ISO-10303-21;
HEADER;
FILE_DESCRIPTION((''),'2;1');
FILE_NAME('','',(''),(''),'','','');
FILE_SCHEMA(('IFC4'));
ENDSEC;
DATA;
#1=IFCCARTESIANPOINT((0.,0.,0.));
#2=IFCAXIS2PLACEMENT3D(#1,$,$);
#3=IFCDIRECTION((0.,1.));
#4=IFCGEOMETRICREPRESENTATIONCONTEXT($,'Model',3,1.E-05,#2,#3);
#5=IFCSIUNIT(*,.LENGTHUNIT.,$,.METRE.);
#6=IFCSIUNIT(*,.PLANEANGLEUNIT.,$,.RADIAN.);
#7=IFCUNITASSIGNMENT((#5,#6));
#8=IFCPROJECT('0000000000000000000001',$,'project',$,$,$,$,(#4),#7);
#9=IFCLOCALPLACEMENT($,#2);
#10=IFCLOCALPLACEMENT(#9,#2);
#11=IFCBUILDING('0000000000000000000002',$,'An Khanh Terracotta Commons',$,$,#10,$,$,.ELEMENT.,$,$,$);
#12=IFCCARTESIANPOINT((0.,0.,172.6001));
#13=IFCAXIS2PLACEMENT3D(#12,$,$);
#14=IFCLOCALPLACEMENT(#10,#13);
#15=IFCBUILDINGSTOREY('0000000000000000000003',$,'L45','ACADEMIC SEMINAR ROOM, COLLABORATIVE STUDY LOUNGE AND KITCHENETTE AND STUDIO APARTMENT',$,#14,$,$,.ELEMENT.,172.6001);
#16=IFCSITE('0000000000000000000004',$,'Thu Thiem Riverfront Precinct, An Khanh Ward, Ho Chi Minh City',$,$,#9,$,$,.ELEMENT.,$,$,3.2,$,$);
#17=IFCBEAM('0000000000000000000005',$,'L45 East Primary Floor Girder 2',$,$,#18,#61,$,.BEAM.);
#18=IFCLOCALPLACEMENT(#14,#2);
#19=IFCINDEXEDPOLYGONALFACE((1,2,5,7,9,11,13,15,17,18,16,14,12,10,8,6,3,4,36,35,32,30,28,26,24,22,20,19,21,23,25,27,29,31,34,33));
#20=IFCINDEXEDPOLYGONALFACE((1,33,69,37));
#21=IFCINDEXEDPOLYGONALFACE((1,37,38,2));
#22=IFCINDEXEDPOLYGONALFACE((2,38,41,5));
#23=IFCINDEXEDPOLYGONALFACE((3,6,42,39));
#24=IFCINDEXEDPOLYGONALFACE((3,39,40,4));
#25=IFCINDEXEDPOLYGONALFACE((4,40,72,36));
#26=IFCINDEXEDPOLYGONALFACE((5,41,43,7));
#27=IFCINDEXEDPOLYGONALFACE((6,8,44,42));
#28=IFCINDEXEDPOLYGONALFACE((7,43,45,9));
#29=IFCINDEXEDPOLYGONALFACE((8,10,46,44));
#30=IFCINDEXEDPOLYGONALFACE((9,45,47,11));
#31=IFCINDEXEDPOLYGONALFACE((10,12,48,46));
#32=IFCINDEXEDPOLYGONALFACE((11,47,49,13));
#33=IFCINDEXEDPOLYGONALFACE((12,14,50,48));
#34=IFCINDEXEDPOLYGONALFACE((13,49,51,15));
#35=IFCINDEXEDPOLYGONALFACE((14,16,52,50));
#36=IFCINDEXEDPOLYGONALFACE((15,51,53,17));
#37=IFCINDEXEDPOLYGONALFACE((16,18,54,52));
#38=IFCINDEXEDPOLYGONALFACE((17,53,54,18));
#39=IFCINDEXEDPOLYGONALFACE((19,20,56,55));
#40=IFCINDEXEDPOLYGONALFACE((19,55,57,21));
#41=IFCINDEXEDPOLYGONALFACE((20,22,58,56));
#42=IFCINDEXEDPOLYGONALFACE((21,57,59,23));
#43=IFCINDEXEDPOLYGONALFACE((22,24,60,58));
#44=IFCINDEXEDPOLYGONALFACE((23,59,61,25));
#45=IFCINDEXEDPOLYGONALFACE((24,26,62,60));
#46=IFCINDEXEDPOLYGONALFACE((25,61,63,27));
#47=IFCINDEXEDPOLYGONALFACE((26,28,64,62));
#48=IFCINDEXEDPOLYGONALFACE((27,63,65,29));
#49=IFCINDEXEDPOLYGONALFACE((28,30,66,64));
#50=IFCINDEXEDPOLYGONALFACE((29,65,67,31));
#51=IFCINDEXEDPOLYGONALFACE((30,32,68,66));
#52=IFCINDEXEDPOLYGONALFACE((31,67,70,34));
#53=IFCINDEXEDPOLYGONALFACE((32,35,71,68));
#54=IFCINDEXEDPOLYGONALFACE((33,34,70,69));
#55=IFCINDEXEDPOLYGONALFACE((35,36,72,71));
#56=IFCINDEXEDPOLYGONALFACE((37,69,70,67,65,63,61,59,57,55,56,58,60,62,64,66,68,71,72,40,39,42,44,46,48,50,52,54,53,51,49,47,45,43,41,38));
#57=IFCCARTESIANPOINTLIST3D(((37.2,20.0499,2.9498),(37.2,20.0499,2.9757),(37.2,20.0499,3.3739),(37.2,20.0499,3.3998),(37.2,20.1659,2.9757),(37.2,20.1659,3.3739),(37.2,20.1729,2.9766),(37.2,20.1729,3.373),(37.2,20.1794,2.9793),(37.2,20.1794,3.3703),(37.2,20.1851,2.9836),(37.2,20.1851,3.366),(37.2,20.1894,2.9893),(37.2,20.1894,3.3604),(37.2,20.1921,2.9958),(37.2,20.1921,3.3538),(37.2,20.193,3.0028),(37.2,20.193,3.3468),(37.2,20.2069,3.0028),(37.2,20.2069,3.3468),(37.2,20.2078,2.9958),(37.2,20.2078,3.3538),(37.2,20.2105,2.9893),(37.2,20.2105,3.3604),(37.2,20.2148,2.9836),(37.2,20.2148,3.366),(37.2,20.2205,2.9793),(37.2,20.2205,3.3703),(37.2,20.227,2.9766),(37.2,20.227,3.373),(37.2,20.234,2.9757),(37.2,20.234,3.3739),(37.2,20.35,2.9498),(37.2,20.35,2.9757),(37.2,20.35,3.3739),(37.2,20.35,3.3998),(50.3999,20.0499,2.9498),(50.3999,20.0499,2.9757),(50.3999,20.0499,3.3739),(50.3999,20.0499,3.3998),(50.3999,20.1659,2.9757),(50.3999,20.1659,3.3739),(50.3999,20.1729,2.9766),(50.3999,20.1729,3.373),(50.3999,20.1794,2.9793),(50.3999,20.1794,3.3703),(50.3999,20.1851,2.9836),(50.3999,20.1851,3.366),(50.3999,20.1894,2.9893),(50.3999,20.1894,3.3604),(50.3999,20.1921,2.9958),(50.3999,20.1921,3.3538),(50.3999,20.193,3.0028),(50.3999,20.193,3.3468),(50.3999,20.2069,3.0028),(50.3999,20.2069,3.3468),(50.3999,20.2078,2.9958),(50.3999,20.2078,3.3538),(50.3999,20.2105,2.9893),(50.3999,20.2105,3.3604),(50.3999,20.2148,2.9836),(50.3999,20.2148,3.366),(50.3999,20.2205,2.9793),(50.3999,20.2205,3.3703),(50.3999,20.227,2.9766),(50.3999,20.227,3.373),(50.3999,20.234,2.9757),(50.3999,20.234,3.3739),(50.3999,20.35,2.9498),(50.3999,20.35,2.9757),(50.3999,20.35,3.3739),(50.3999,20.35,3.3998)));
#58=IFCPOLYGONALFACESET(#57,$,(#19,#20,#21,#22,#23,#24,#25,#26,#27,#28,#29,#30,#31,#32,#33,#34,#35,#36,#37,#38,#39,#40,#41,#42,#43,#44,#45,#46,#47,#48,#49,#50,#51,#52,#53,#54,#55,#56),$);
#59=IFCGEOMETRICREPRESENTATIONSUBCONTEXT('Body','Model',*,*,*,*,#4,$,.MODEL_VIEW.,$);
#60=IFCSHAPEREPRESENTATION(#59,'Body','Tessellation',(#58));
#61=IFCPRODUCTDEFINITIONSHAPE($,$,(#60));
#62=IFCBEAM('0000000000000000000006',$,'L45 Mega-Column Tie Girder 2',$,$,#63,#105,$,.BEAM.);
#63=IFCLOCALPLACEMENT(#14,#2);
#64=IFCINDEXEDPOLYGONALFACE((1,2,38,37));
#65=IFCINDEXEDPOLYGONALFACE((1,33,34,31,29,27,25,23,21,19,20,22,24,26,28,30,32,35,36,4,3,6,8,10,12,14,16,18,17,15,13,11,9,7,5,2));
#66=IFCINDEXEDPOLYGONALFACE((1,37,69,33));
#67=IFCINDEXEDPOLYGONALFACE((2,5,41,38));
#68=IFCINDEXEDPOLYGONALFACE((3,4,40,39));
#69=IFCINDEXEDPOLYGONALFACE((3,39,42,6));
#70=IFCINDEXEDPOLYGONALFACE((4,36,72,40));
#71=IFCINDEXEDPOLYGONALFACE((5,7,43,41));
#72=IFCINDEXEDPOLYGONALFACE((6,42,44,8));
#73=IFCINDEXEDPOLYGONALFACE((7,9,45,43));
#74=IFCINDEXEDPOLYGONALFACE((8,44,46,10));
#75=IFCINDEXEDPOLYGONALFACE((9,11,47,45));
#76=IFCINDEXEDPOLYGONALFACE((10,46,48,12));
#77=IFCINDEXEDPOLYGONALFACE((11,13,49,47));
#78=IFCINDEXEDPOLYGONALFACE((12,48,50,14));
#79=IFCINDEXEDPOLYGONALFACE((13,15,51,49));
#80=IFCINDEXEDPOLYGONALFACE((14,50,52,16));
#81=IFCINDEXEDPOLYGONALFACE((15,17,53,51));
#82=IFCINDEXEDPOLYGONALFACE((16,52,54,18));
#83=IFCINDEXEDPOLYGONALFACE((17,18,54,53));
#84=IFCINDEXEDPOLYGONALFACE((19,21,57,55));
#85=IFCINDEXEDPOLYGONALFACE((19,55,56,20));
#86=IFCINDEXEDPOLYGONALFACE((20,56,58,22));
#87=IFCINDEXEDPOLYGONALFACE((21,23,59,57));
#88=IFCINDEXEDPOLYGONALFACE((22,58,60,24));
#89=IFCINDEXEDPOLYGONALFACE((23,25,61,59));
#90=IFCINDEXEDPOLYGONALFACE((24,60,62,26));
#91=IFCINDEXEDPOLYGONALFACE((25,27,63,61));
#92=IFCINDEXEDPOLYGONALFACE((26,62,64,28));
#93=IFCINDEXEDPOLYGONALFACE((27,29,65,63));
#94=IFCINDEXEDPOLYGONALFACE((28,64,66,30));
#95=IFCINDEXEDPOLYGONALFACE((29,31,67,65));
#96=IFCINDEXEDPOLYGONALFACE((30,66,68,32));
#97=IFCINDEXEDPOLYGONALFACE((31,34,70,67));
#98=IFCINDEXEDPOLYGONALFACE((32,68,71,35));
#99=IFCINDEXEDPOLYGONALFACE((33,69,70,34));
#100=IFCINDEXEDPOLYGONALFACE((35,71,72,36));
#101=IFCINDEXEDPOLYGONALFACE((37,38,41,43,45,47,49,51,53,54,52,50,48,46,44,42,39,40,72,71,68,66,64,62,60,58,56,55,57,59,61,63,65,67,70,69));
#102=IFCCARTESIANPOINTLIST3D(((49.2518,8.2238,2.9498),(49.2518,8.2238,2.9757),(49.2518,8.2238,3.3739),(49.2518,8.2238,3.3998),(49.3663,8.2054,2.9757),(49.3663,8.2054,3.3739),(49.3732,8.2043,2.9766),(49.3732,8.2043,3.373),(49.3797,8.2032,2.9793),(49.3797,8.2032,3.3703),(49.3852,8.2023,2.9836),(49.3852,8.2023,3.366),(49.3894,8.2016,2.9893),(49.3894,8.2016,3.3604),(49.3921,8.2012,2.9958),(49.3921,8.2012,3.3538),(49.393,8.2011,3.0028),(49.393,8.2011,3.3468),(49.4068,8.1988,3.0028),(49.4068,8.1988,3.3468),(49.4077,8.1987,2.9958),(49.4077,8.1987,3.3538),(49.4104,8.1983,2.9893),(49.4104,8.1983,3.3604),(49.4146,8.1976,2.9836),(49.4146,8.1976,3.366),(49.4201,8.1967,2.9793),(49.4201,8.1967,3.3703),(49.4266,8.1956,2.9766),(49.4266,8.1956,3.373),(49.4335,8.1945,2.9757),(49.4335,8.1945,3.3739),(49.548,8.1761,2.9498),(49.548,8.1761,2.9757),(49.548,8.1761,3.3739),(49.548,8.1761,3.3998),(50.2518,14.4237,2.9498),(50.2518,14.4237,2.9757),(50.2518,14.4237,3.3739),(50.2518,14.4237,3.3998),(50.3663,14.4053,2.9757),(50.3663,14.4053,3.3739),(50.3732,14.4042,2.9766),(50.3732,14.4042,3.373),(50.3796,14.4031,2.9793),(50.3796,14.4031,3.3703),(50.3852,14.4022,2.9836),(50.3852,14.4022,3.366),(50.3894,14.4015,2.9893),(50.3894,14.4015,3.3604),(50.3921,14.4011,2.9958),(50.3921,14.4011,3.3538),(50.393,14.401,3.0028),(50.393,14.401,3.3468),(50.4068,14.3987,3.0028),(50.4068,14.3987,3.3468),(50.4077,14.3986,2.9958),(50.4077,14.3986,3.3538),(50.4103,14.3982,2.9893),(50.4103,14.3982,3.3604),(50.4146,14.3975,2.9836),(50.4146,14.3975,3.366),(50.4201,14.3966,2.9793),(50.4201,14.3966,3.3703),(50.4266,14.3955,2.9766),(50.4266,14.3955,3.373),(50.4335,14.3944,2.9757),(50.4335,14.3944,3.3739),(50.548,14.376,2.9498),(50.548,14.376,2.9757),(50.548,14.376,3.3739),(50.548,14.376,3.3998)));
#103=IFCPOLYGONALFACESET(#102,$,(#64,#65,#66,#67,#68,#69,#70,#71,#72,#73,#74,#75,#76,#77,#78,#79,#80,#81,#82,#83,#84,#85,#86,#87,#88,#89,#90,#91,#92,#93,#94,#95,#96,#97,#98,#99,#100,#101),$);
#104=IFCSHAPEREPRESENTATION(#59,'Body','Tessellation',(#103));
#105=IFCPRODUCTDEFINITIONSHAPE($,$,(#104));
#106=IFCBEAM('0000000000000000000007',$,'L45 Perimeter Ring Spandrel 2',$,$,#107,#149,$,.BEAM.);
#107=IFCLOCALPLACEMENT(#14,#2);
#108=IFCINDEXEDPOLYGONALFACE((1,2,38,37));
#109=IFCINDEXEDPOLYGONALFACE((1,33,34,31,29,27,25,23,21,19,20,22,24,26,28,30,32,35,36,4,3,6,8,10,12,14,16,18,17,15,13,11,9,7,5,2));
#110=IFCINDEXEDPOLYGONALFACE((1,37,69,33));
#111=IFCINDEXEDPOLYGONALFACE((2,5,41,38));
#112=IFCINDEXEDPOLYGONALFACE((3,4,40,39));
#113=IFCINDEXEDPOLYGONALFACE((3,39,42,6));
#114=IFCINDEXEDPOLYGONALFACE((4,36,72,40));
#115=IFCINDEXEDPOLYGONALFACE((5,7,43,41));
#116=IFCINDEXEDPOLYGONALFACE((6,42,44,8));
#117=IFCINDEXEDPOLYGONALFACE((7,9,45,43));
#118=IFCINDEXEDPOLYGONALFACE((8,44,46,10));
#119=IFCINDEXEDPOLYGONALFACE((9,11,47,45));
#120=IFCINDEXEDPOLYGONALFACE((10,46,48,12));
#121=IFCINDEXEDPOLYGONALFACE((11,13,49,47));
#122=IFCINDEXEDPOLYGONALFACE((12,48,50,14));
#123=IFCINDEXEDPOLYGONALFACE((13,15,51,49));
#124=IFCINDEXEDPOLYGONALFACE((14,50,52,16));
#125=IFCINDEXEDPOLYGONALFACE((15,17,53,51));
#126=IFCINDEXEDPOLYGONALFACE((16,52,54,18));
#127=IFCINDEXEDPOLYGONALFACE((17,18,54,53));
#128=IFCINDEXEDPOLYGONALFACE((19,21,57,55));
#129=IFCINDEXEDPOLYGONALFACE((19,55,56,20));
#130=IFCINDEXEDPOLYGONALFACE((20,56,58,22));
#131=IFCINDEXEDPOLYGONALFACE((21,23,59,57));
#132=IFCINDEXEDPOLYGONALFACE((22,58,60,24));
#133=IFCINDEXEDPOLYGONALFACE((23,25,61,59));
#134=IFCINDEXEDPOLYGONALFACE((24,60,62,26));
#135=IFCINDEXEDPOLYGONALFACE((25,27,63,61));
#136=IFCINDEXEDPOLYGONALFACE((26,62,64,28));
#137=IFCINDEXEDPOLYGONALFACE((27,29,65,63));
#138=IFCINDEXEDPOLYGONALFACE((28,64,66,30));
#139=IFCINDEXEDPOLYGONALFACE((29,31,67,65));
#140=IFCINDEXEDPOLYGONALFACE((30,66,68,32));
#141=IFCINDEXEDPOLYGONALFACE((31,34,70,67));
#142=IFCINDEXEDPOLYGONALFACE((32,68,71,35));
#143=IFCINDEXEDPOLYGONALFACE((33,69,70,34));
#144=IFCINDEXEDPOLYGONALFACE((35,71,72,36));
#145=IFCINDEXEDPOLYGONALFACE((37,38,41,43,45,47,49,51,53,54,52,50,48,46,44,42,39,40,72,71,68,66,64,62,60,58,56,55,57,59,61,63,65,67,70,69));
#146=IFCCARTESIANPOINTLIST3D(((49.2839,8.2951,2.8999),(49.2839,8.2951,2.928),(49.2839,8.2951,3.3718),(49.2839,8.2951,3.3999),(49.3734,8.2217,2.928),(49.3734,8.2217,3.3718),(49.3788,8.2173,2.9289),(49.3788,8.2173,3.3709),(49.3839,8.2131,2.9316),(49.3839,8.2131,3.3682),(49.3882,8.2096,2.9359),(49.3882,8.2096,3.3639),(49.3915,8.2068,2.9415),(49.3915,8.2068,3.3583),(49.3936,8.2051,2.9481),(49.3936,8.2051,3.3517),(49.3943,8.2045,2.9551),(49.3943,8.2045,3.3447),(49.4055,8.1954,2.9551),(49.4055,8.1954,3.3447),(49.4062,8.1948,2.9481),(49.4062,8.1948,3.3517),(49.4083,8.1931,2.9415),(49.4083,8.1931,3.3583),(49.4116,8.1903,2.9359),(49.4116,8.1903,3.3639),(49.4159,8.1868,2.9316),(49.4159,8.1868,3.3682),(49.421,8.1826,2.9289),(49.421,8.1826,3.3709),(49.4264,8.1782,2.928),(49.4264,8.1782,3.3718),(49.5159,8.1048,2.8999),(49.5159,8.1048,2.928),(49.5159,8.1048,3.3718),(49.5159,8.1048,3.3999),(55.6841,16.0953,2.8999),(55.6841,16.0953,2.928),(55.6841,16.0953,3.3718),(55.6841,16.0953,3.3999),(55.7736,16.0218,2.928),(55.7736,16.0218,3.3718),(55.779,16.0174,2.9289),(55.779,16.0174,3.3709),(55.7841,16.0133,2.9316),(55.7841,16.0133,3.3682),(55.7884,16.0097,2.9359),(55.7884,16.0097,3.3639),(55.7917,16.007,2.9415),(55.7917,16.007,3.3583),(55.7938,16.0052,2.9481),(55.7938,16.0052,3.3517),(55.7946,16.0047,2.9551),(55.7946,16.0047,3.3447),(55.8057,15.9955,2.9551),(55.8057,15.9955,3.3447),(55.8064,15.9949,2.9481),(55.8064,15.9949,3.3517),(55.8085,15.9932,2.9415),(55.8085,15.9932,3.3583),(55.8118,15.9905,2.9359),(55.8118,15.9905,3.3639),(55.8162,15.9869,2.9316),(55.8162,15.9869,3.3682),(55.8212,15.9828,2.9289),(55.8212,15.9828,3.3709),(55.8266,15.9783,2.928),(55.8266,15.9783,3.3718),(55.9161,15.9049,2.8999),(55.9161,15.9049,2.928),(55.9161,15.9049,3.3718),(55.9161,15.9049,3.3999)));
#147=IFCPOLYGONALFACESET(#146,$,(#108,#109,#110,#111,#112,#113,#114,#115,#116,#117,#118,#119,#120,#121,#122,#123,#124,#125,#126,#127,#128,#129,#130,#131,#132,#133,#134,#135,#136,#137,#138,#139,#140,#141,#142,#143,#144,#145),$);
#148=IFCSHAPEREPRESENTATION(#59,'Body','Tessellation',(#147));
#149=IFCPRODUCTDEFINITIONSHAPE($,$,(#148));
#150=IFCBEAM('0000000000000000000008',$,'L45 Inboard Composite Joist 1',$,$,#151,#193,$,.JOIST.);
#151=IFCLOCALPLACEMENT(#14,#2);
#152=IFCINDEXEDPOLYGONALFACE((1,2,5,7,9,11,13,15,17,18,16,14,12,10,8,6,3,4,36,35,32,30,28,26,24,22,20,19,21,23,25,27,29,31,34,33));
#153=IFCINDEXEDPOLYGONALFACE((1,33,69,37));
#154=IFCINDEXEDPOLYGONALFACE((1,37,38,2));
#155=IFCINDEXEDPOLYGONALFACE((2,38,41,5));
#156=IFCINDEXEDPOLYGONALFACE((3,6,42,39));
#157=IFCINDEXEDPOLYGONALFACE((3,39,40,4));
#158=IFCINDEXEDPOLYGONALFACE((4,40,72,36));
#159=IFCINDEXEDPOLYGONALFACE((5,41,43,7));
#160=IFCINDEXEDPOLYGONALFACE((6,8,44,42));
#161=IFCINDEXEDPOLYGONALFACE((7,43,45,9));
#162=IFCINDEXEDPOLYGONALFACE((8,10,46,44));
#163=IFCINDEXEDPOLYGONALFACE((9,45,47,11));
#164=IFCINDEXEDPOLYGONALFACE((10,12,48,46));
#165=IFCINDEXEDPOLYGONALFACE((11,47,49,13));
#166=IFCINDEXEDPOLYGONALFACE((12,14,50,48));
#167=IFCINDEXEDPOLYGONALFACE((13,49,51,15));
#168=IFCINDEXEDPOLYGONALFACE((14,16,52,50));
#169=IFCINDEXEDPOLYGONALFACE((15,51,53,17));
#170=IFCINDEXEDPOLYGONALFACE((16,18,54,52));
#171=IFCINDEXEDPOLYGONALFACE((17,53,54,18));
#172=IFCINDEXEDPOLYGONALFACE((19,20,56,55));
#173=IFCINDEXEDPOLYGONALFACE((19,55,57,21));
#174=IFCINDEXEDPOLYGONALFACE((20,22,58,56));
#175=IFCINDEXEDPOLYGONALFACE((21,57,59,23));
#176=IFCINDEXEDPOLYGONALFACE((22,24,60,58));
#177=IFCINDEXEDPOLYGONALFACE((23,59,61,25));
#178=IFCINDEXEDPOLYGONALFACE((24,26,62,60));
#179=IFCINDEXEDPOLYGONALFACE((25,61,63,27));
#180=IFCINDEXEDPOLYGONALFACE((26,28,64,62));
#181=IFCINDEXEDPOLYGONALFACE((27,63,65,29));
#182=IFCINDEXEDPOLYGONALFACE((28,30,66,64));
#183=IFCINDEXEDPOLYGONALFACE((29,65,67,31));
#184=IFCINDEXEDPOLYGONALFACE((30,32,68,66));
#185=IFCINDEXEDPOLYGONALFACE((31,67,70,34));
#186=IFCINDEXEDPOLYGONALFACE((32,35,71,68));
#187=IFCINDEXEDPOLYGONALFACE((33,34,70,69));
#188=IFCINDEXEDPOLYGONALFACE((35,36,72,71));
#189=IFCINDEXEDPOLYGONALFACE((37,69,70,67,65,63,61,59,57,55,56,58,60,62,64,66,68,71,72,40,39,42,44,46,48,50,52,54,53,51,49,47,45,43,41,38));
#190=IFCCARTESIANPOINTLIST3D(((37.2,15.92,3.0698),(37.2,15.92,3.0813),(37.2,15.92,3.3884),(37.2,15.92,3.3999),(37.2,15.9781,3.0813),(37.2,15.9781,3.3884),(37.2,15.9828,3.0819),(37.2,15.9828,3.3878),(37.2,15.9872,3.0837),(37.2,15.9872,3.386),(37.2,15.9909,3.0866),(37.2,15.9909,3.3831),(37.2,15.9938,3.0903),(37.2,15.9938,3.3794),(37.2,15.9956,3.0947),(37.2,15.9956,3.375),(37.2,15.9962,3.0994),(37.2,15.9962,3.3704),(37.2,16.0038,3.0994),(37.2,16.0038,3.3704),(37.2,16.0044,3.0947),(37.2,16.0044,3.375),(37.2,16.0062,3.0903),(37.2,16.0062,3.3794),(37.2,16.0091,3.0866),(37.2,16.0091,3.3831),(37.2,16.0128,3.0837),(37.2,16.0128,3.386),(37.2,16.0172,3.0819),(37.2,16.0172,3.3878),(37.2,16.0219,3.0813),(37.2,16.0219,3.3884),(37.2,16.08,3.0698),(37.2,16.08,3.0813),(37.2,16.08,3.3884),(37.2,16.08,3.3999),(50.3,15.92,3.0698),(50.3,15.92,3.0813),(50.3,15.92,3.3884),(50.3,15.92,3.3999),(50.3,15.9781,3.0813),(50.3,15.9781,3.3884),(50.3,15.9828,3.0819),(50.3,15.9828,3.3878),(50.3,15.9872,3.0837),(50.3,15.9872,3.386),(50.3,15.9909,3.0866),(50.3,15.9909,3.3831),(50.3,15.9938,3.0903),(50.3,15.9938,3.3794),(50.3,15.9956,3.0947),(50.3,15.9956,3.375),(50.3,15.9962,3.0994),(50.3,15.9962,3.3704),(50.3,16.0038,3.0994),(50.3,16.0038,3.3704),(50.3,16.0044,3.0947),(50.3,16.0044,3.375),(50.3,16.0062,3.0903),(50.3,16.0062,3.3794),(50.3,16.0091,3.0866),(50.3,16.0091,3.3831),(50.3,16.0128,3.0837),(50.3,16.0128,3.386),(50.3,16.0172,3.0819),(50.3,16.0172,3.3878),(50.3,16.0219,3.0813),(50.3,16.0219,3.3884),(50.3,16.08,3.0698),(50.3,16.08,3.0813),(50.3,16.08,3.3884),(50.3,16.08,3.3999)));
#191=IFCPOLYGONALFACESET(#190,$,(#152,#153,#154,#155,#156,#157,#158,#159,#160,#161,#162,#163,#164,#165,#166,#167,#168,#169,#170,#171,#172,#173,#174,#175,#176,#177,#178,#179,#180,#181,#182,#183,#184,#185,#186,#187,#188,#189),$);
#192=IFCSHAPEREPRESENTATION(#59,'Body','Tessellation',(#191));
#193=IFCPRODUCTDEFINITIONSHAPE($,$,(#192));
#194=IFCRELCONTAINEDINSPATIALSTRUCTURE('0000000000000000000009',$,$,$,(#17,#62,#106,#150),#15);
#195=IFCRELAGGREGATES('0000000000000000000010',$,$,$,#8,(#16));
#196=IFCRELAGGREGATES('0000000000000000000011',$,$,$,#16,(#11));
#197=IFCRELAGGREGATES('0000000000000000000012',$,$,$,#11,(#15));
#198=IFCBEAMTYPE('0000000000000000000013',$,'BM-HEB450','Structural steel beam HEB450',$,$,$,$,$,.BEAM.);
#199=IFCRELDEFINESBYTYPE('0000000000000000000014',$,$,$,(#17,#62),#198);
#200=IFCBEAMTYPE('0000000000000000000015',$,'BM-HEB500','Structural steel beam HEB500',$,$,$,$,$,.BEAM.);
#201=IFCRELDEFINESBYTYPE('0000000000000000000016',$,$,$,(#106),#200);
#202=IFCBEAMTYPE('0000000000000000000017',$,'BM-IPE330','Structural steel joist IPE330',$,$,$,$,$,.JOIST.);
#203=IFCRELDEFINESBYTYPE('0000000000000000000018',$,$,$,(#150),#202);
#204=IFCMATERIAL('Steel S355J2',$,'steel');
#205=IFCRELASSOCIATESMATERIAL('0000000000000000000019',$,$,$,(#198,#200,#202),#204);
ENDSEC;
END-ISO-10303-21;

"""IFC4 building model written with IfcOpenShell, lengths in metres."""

from ifc_helpers import new_model, si_unit, direction, frame, origin, origin_2d, place, context, subcontext, project, spatial, i_section, extrude, material, material_profile, profile_set, type_object, element, save


model = new_model("IFC4")

# Units and contexts
model_context = context("Model", 3, precision=1e-05, world=origin(), true_north=direction((0.0, 1.0)))
body_context = subcontext(model_context, "Body", "Model", "MODEL_VIEW")
ifc_project = project(units=[si_unit("LENGTHUNIT", "METRE"), si_unit("PLANEANGLEUNIT", "RADIAN")], contexts=[model_context])

# Site, building, storey
site_placement = place(None, origin())
site = spatial("IfcSite", under=ifc_project, at=site_placement, Name="Thu Thiem Riverfront Precinct, An Khanh Ward, Ho Chi Minh City", CompositionType="ELEMENT", RefElevation=3.2)
building_placement = place(site_placement, origin())
building = spatial("IfcBuilding", under=site, at=building_placement, Name="An Khanh Terracotta Commons", CompositionType="ELEMENT")
storey_placement = place(building_placement, frame((0.0, 0.0, 172.6001)))
storey = spatial("IfcBuildingStorey", under=building, at=storey_placement, Name="L45", Description="ACADEMIC SEMINAR ROOM, COLLABORATIVE STUDY LOUNGE AND KITCHENETTE AND STUDIO APARTMENT", CompositionType="ELEMENT", Elevation=172.6001)

# Beams
ifc_material_1 = material(Name="Steel S355J2", Category="steel")
ifc_material_profile_1 = material_profile(ifc_material_1, i_section(OverallWidth=0.3, OverallDepth=0.45, WebThickness=0.0139, FlangeThickness=0.0259, FilletRadius=0.0271, at=origin_2d()), Name="HEB450")
ifc_profile_set_1 = profile_set([ifc_material_profile_1], Name="Steel S355J2")
beam_type_1 = type_object("IfcBeamType", Name="BM-HEB450", Description="Structural steel beam HEB450", PredefinedType="BEAM", material=ifc_profile_set_1)
for number, where, z_axis, x_axis, name in (
    (1, (37.2, 20.2, 3.1748), (1.0, 0.0, 0.0), (0.0, 1.0, 0.0), "L45 East Primary Floor Girder 2"),
):
    element("IfcBeam", number, at=place(storey_placement, frame(where, z_axis=z_axis, x_axis=x_axis)), inside=storey, type_object=beam_type_1, Name=name, PredefinedType="BEAM", context=body_context, shape_type="SweptSolid", body=[
        extrude(i_section(OverallWidth=0.3, OverallDepth=0.45, WebThickness=0.0139, FlangeThickness=0.0259, FilletRadius=0.0271, at=origin_2d()), origin(), (0.0, 0.0, 1.0), 13.2),
    ])
beam_1_placement = place(storey_placement, frame((49.3999, 8.2, 3.1748), z_axis=(0.159234, 0.987241, 0.0), x_axis=(-0.987241, 0.159234, 0.0)))
element("IfcBeam", 2, at=beam_1_placement, inside=storey, type_object=beam_type_1, Name="L45 Mega-Column Tie Girder 2", PredefinedType="BEAM", context=body_context, shape_type="SweptSolid", body=[
    extrude(i_section(OverallWidth=0.3, OverallDepth=0.45, WebThickness=0.0139, FlangeThickness=0.0259, FilletRadius=0.0271, at=origin_2d()), origin(), (0.0, 0.0, 1.0), 6.28),
])
ifc_material_profile_2 = material_profile(ifc_material_1, i_section(OverallWidth=0.3, OverallDepth=0.5, WebThickness=0.0144, FlangeThickness=0.0281, FilletRadius=0.0271, at=origin_2d()), Name="HEB500")
ifc_profile_set_2 = profile_set([ifc_material_profile_2], Name="Steel S355J2")
beam_type_2 = type_object("IfcBeamType", Name="BM-HEB500", Description="Structural steel beam HEB500", PredefinedType="BEAM", material=ifc_profile_set_2)
beam_2_placement = place(storey_placement, frame((49.3999, 8.2, 3.1499), z_axis=(0.634323, 0.773068, 0.0), x_axis=(-0.773068, 0.634323, 0.0)))
element("IfcBeam", 3, at=beam_2_placement, inside=storey, type_object=beam_type_2, Name="L45 Perimeter Ring Spandrel 2", PredefinedType="BEAM", context=body_context, shape_type="SweptSolid", body=[
    extrude(i_section(OverallWidth=0.3, OverallDepth=0.5, WebThickness=0.0144, FlangeThickness=0.0281, FilletRadius=0.0271, at=origin_2d()), origin(), (0.0, 0.0, 1.0), 10.0898),
])
ifc_material_profile_3 = material_profile(ifc_material_1, i_section(OverallWidth=0.1599, OverallDepth=0.3301, WebThickness=0.0076, FlangeThickness=0.0115, FilletRadius=0.0181, at=origin_2d()), Name="IPE330")
ifc_profile_set_3 = profile_set([ifc_material_profile_3], Name="Steel S355J2")
beam_type_3 = type_object("IfcBeamType", Name="BM-IPE330", Description="Structural steel joist IPE330", PredefinedType="JOIST", material=ifc_profile_set_3)
for number, where, z_axis, x_axis, name in (
    (4, (37.2, 16.0, 3.2349), (1.0, 0.0, 0.0), (0.0, 1.0, 0.0), "L45 Inboard Composite Joist 1"),
):
    element("IfcBeam", number, at=place(storey_placement, frame(where, z_axis=z_axis, x_axis=x_axis)), inside=storey, type_object=beam_type_3, Name=name, PredefinedType="JOIST", context=body_context, shape_type="SweptSolid", body=[
        extrude(i_section(OverallWidth=0.1599, OverallDepth=0.3301, WebThickness=0.0076, FlangeThickness=0.0115, FilletRadius=0.0181, at=origin_2d()), origin(), (0.0, 0.0, 1.0), 13.1001),
    ])

save(model, "model.ifc")
